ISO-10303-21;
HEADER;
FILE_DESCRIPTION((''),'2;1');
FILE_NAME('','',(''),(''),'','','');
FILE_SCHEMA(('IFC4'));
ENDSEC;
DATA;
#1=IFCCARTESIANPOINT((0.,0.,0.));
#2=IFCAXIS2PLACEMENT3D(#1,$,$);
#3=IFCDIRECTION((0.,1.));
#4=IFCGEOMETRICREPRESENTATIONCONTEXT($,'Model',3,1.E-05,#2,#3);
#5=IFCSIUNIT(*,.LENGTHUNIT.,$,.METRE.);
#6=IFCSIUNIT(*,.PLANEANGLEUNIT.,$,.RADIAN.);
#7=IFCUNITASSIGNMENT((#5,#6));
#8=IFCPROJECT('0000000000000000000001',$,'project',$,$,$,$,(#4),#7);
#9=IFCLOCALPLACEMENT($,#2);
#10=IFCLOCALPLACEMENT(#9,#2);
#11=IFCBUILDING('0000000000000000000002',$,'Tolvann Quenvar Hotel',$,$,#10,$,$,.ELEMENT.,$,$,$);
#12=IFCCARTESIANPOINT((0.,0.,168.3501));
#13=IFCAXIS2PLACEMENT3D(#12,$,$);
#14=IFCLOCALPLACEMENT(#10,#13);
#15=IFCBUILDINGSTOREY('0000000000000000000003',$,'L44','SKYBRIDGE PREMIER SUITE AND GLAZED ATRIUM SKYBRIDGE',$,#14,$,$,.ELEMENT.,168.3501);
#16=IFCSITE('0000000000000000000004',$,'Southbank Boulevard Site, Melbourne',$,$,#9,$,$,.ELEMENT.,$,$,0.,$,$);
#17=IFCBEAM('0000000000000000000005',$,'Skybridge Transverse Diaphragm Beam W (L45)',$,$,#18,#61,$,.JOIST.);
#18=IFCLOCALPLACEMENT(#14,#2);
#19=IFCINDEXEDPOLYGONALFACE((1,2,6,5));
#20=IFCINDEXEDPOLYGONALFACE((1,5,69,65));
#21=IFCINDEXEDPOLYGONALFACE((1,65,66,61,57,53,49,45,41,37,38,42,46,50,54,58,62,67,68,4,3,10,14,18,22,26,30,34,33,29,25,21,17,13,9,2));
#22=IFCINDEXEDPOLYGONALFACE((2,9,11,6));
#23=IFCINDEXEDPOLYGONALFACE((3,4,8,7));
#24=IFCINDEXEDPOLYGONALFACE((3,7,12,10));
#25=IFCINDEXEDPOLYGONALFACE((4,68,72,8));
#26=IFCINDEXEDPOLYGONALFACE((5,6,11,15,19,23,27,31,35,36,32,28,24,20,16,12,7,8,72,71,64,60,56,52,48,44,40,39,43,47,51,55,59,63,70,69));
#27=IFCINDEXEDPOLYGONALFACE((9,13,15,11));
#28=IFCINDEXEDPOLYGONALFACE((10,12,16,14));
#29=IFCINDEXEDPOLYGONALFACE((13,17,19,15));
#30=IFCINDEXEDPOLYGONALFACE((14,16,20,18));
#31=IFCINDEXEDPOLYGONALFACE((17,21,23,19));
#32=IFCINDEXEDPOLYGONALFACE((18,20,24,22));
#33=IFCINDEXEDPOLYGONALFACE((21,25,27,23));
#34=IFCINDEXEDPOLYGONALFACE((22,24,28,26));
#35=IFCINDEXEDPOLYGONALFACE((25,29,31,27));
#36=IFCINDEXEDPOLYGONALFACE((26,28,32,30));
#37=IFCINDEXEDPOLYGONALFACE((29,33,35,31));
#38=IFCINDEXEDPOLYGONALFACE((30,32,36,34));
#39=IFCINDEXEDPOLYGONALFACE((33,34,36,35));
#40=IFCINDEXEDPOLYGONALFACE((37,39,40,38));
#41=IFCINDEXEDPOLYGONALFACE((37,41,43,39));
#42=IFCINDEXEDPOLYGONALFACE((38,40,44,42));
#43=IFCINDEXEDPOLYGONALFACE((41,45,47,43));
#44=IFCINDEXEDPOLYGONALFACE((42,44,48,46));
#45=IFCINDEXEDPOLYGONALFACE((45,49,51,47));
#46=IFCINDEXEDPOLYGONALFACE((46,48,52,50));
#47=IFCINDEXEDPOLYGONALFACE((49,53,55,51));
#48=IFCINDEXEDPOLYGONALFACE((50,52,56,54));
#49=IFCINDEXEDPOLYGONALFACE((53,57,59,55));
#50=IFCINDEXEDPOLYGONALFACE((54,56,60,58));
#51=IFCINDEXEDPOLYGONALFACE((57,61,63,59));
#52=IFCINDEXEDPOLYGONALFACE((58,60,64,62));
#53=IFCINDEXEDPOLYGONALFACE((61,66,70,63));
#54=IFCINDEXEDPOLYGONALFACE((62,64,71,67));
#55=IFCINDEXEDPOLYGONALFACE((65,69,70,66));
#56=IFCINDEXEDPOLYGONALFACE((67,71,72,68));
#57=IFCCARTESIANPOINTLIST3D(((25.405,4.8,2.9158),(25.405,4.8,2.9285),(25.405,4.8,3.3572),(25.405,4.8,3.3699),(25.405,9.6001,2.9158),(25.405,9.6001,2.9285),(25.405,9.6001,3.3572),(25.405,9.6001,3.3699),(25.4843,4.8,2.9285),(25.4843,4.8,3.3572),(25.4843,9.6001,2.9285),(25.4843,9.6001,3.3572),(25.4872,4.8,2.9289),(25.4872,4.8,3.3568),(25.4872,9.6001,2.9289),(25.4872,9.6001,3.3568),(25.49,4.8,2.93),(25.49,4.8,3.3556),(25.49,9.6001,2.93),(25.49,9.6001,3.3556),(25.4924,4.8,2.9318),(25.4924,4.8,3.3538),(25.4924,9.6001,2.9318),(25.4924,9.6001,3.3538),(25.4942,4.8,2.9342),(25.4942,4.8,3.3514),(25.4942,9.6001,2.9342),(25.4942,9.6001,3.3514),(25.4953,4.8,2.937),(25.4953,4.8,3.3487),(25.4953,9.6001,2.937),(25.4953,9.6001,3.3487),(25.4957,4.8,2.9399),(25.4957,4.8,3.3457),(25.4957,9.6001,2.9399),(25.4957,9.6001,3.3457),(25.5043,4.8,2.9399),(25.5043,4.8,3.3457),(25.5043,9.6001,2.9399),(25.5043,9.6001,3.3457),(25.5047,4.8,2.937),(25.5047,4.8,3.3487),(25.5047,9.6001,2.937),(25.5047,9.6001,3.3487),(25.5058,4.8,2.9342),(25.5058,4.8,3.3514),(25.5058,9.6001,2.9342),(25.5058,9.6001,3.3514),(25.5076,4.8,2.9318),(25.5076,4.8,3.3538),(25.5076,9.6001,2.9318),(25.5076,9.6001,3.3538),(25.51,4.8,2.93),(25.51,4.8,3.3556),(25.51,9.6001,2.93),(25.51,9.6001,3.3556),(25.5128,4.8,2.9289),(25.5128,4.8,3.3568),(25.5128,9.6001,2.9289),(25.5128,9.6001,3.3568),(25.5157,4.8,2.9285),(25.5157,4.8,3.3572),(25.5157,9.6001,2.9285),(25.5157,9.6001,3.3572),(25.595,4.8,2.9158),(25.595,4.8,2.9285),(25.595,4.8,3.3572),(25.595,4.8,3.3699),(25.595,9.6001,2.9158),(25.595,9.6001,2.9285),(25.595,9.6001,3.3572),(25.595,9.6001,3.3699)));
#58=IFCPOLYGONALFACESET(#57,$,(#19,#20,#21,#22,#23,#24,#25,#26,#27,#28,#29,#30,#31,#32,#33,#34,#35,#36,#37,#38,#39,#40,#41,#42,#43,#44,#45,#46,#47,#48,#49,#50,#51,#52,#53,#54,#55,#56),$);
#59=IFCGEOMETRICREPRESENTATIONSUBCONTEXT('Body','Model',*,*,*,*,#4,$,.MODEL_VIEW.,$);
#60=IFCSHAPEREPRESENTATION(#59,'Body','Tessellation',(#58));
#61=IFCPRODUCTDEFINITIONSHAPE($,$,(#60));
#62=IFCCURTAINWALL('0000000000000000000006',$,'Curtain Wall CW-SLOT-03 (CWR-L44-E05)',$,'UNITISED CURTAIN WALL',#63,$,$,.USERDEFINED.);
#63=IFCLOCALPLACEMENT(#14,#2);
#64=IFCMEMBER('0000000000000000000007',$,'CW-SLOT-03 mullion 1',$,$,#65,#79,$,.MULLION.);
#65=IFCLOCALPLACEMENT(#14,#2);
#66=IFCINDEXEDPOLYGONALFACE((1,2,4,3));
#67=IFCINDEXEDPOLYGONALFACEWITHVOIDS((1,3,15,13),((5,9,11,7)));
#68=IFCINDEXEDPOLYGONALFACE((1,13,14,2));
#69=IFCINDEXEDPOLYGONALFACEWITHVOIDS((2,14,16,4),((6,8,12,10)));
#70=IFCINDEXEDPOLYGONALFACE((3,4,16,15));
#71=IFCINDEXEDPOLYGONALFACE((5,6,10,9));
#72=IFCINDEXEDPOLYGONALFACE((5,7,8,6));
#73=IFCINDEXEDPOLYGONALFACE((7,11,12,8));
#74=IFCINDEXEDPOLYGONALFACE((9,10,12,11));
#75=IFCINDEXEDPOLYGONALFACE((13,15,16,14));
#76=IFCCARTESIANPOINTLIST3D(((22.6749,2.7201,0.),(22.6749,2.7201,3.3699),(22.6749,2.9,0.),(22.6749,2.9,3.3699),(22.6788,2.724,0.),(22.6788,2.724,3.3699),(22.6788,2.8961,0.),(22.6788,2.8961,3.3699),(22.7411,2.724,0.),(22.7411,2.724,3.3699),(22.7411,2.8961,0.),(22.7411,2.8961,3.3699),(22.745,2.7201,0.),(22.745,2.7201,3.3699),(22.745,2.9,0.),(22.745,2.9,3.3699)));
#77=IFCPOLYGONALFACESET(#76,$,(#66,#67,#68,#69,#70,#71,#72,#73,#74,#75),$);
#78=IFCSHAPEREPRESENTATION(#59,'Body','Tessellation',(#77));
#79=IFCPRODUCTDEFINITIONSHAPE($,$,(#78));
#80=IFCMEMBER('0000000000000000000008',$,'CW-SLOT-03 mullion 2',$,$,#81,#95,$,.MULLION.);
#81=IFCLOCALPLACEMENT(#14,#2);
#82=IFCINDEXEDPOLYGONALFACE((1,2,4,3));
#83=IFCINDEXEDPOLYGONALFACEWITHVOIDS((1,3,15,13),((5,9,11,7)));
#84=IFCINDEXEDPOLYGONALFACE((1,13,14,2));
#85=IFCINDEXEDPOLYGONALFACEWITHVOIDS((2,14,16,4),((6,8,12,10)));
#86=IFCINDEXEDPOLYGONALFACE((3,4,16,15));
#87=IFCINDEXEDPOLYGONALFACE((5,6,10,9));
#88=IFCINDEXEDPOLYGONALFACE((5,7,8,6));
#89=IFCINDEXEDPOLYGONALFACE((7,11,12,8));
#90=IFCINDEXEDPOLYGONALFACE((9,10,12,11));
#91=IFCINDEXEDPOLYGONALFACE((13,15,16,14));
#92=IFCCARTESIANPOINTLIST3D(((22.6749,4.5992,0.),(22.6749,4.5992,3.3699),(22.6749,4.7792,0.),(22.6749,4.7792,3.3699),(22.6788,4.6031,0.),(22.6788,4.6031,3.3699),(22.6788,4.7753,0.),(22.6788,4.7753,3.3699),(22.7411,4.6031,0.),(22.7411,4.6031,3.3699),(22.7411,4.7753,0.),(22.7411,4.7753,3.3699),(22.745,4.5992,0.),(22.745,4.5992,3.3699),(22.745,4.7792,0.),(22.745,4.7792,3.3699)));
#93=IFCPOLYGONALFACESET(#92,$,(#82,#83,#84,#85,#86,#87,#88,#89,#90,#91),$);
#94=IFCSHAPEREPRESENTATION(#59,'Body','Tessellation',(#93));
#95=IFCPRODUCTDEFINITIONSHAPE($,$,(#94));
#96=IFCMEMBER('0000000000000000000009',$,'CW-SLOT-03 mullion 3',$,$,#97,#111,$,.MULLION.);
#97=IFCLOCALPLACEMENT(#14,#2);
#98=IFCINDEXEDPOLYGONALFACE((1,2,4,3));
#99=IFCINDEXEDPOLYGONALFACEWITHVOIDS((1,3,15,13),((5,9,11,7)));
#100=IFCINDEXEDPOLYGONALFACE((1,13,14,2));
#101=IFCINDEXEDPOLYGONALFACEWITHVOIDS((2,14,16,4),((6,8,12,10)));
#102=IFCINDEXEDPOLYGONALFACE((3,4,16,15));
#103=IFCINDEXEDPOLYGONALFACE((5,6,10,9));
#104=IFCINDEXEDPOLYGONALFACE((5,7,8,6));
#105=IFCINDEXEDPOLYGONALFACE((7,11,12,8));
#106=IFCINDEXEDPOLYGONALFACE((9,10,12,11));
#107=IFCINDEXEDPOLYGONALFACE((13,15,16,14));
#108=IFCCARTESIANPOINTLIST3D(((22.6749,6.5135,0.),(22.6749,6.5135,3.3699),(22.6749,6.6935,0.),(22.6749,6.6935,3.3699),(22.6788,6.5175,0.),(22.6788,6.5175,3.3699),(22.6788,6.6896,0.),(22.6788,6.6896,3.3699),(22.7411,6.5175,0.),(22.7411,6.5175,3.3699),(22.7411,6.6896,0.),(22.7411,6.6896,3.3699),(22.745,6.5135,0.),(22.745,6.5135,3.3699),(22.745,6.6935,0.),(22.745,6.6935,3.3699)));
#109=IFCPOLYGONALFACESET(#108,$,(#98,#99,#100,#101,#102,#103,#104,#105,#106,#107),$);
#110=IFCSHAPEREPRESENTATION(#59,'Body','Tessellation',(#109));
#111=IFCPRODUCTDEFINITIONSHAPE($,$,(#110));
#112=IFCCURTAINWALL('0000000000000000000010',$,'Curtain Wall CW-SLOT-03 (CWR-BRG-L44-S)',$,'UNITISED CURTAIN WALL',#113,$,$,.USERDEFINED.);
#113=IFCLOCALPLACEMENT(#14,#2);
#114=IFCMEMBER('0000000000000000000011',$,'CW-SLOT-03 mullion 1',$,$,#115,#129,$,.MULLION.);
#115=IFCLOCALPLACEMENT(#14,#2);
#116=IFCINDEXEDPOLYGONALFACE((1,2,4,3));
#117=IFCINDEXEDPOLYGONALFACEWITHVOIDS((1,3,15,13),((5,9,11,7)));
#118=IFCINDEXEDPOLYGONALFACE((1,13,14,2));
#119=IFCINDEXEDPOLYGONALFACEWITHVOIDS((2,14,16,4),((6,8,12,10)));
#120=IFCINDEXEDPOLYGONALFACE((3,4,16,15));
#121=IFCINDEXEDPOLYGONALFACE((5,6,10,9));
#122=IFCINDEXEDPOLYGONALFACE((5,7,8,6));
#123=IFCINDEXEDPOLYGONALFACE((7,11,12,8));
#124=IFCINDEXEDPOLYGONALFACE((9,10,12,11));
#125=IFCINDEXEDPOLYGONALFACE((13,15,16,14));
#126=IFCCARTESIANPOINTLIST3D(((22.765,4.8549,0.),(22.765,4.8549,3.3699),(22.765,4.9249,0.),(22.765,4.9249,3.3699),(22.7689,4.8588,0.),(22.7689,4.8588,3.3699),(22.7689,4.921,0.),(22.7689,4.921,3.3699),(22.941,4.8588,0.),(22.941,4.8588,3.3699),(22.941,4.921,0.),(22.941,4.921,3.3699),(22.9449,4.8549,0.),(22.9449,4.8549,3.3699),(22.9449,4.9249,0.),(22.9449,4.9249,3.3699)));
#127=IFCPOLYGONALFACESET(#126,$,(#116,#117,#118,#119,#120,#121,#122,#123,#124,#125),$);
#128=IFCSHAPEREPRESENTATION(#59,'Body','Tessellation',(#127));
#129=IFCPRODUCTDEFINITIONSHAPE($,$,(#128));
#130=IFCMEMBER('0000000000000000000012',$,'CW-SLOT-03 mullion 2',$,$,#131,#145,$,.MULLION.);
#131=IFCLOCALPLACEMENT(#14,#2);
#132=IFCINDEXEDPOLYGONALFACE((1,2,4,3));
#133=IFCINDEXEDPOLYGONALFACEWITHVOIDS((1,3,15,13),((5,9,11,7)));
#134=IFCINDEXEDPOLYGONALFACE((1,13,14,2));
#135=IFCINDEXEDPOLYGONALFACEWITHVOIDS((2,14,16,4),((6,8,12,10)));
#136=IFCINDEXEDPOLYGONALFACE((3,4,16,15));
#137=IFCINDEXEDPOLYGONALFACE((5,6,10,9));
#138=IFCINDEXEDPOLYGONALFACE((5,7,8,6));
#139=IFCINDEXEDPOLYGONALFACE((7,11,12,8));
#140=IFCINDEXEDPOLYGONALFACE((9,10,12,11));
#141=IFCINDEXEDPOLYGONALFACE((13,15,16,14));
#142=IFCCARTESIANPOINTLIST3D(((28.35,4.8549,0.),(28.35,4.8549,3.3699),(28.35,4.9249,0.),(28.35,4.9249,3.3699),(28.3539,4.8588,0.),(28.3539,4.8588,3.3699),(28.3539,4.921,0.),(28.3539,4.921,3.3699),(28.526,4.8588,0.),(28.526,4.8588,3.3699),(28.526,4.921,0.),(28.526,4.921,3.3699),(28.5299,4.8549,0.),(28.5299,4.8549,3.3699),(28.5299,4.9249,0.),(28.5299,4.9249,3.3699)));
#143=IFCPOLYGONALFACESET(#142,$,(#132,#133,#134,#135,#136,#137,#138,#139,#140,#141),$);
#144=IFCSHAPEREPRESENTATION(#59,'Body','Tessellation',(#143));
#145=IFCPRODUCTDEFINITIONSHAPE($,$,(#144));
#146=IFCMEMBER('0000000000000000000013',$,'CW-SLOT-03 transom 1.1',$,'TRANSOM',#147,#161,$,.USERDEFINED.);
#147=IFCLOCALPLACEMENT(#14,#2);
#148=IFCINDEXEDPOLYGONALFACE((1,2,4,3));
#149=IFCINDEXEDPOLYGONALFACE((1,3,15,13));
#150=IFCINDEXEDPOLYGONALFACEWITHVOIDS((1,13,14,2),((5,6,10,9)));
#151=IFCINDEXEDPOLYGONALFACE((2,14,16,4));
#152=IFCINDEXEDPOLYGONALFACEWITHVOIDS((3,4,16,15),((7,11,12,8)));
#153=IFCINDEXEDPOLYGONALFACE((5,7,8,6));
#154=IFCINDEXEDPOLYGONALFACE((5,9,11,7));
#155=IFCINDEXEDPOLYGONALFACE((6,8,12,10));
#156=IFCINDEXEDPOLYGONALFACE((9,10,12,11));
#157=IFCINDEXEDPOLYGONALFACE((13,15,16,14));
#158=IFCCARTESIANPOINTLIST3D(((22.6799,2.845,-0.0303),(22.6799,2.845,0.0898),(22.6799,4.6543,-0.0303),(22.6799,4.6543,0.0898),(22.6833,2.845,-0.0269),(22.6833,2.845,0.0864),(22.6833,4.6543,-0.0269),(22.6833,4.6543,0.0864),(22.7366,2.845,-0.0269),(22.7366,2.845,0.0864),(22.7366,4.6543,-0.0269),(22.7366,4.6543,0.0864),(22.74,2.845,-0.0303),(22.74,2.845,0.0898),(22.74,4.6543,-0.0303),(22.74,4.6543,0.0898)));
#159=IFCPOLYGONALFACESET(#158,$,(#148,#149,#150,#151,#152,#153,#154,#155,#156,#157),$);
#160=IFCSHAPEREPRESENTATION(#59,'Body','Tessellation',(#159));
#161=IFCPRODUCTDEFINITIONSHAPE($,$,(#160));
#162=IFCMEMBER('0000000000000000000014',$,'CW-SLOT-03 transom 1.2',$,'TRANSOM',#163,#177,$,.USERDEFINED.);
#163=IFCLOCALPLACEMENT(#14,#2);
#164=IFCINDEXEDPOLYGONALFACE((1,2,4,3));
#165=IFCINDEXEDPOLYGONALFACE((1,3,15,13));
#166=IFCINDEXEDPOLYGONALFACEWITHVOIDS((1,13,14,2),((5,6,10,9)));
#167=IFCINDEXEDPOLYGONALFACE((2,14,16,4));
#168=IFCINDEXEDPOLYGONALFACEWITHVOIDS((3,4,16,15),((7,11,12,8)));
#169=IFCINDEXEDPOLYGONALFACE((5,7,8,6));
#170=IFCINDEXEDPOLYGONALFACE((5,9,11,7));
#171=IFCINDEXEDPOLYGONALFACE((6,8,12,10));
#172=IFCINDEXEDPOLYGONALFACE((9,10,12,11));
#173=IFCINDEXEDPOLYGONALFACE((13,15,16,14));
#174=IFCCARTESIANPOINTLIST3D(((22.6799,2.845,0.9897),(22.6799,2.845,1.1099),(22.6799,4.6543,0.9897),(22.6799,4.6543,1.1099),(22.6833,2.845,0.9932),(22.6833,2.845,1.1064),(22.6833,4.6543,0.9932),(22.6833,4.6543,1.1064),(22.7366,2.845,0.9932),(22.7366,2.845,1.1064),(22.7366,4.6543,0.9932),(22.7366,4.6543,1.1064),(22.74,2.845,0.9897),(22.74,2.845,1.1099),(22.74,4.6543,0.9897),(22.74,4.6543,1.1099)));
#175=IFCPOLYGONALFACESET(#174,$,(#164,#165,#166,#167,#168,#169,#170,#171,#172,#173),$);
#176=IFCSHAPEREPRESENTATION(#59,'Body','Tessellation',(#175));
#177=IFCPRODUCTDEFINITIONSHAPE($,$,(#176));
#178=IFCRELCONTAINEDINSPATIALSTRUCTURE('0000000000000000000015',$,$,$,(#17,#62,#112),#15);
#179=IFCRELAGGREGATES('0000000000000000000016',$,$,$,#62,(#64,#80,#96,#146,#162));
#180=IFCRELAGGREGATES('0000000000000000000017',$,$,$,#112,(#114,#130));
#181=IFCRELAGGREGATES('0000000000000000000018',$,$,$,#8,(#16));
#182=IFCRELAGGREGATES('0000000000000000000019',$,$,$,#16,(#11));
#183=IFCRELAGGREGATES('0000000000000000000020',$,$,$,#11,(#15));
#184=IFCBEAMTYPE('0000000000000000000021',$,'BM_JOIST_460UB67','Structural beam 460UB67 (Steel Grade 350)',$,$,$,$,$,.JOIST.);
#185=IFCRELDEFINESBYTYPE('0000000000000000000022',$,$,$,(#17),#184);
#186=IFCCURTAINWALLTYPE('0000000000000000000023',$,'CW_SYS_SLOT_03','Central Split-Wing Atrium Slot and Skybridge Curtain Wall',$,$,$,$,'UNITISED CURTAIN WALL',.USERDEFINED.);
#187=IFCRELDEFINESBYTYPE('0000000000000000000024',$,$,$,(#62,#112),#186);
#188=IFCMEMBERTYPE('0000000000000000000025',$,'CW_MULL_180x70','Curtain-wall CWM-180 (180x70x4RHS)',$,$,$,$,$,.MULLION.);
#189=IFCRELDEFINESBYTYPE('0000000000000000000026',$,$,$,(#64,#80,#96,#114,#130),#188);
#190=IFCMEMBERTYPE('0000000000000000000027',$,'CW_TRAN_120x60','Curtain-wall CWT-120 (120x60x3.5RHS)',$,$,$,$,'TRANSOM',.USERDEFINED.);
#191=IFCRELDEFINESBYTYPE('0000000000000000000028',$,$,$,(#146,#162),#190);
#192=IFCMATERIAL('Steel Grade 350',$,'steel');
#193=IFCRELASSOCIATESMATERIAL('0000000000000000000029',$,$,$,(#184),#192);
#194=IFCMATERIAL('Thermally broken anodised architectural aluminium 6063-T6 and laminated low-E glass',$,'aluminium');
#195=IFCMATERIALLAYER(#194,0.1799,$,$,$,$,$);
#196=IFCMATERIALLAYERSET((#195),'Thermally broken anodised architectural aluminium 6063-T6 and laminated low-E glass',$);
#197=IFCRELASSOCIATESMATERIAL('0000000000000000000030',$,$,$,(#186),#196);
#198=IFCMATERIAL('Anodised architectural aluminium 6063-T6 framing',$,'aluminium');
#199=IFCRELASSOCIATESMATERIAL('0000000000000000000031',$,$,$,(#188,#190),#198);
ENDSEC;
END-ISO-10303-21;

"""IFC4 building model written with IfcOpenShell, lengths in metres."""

from ifc_helpers import new_model, si_unit, direction, frame, origin, origin_2d, place, context, subcontext, project, spatial, hollow_rectangle, i_section, extrude, source, transform, mapped, material, layer, layer_set, material_profile, profile_set, type_object, type_shapes, element, aggregate, save


model = new_model("IFC4")

# Units and contexts
model_context = context("Model", 3, precision=1e-05, world=origin(), true_north=direction((0.0, 1.0)))
body_context = subcontext(model_context, "Body", "Model", "MODEL_VIEW")
ifc_project = project(units=[si_unit("LENGTHUNIT", "METRE"), si_unit("PLANEANGLEUNIT", "RADIAN")], contexts=[model_context])

# Site, building, storey
site_placement = place(None, origin())
site = spatial("IfcSite", under=ifc_project, at=site_placement, Name="Southbank Boulevard Site, Melbourne", CompositionType="ELEMENT", RefElevation=0.0)
building_placement = place(site_placement, origin())
building = spatial("IfcBuilding", under=site, at=building_placement, Name="Tolvann Quenvar Hotel", CompositionType="ELEMENT")
storey_placement = place(building_placement, frame((0.0, 0.0, 168.3501)))
storey = spatial("IfcBuildingStorey", under=building, at=storey_placement, Name="L44", Description="SKYBRIDGE PREMIER SUITE AND GLAZED ATRIUM SKYBRIDGE", CompositionType="ELEMENT", Elevation=168.3501)

# Shared definitions
ifc_material_1 = material(Name="Steel Grade 350", Category="steel")

# Beam
ifc_material_profile_1 = material_profile(ifc_material_1, i_section(OverallWidth=0.1899, OverallDepth=0.4541, WebThickness=0.0085, FlangeThickness=0.0127, FilletRadius=0.0115, at=origin_2d()), Name="460UB67")
ifc_profile_set_1 = profile_set([ifc_material_profile_1], Name="Steel Grade 350")
beam_type_1 = type_object("IfcBeamType", Name="BM_JOIST_460UB67", Description="Structural beam 460UB67 (Steel Grade 350)", PredefinedType="JOIST", material=ifc_profile_set_1)
shared_shape_1 = source(origin(), body_context, "Body", "SweptSolid", [
    extrude(i_section(OverallWidth=0.1899, OverallDepth=0.4541, WebThickness=0.0085, FlangeThickness=0.0127, FilletRadius=0.0115, at=origin_2d()), origin(), (0.0, 0.0, 1.0), 4.8),
])
type_shapes(beam_type_1, [shared_shape_1])
beam_1_placement = place(storey_placement, frame((25.5, 4.8, 3.1428), z_axis=(0.0, 1.0, 0.0), x_axis=(-1.0, 0.0, 0.0)))
element("IfcBeam", 1, at=beam_1_placement, inside=storey, type_object=beam_type_1, Name="Skybridge Transverse Diaphragm Beam W (L45)", PredefinedType="JOIST", context=body_context, shape_type="MappedRepresentation", body=[
    mapped(shared_shape_1, transform((0.0, 0.0, 0.0), x_axis=(1.0, 0.0, 0.0), y_axis=(0.0, 1.0, 0.0), z_axis=(0.0, 0.0, 1.0), scale=1.0)),
])

# Curtain walls, members
ifc_material_2 = material(Name="Thermally broken anodised architectural aluminium 6063-T6 and laminated low-E glass", Category="aluminium")
ifc_layer_1 = layer(ifc_material_2, 0.1799)
ifc_layer_set_1 = layer_set([ifc_layer_1], Name="Thermally broken anodised architectural aluminium 6063-T6 and laminated low-E glass")
curtain_wall_type = type_object("IfcCurtainWallType", Name="CW_SYS_SLOT_03", Description="Central Split-Wing Atrium Slot and Skybridge Curtain Wall", ElementType="UNITISED CURTAIN WALL", PredefinedType="USERDEFINED", material=ifc_layer_set_1)
curtain_wall_1_placement = place(storey_placement, origin())
curtain_wall_1 = element("IfcCurtainWall", 2, at=curtain_wall_1_placement, inside=storey, type_object=curtain_wall_type, Name="Curtain Wall CW-SLOT-03 (CWR-L44-E05)", ObjectType="UNITISED CURTAIN WALL", PredefinedType="USERDEFINED")
ifc_material_3 = material(Name="Anodised architectural aluminium 6063-T6 framing", Category="aluminium")
ifc_material_profile_2 = material_profile(ifc_material_3, hollow_rectangle(XDim=0.0701, YDim=0.1799, WallThickness=0.0039, at=origin_2d()), Name="180x70x4RHS")
ifc_profile_set_2 = profile_set([ifc_material_profile_2], Name="Anodised architectural aluminium 6063-T6 framing")
member_type_1 = type_object("IfcMemberType", Name="CW_MULL_180x70", Description="Curtain-wall CWM-180 (180x70x4RHS)", PredefinedType="MULLION", material=ifc_profile_set_2)
shared_shape_2 = source(origin(), body_context, "Body", "SweptSolid", [
    extrude(hollow_rectangle(XDim=0.0701, YDim=0.1799, WallThickness=0.0039, at=origin_2d()), origin(), (0.0, 0.0, 1.0), 3.3699),
])
type_shapes(member_type_1, [shared_shape_2])
member_1_placement = place(storey_placement, frame((22.71, 2.8101, 0.0), z_axis=(0.0, 0.0, 1.0), x_axis=(-1.0, 0.0, 0.0)))
member_1 = element("IfcMember", 3, at=member_1_placement, type_object=member_type_1, Name="CW-SLOT-03 mullion 1", PredefinedType="MULLION", context=body_context, shape_type="MappedRepresentation", body=[
    mapped(shared_shape_2, transform((0.0, 0.0, 0.0), x_axis=(1.0, 0.0, 0.0), y_axis=(0.0, 1.0, 0.0), z_axis=(0.0, 0.0, 1.0), scale=1.0)),
])
member_2_placement = place(storey_placement, frame((22.71, 4.6892, 0.0), z_axis=(0.0, 0.0, 1.0), x_axis=(-1.0, 0.0, 0.0)))
member_2 = element("IfcMember", 4, at=member_2_placement, type_object=member_type_1, Name="CW-SLOT-03 mullion 2", PredefinedType="MULLION", context=body_context, shape_type="MappedRepresentation", body=[
    mapped(shared_shape_2, transform((0.0, 0.0, 0.0), x_axis=(1.0, 0.0, 0.0), y_axis=(0.0, 1.0, 0.0), z_axis=(0.0, 0.0, 1.0), scale=1.0)),
])
member_3_placement = place(storey_placement, frame((22.71, 6.6035, 0.0), z_axis=(0.0, 0.0, 1.0), x_axis=(-1.0, 0.0, 0.0)))
member_3 = element("IfcMember", 5, at=member_3_placement, type_object=member_type_1, Name="CW-SLOT-03 mullion 3", PredefinedType="MULLION", context=body_context, shape_type="MappedRepresentation", body=[
    mapped(shared_shape_2, transform((0.0, 0.0, 0.0), x_axis=(1.0, 0.0, 0.0), y_axis=(0.0, 1.0, 0.0), z_axis=(0.0, 0.0, 1.0), scale=1.0)),
])
curtain_wall_2_placement = place(storey_placement, origin())
curtain_wall_2 = element("IfcCurtainWall", 6, at=curtain_wall_2_placement, inside=storey, type_object=curtain_wall_type, Name="Curtain Wall CW-SLOT-03 (CWR-BRG-L44-S)", ObjectType="UNITISED CURTAIN WALL", PredefinedType="USERDEFINED")
member_4_placement = place(storey_placement, frame((22.855, 4.8899, 0.0), z_axis=(0.0, 0.0, 1.0), x_axis=(0.0, 1.0, 0.0)))
member_4 = element("IfcMember", 7, at=member_4_placement, type_object=member_type_1, Name="CW-SLOT-03 mullion 1", PredefinedType="MULLION", context=body_context, shape_type="MappedRepresentation", body=[
    mapped(shared_shape_2, transform((0.0, 0.0, 0.0), x_axis=(1.0, 0.0, 0.0), y_axis=(0.0, 1.0, 0.0), z_axis=(0.0, 0.0, 1.0), scale=1.0)),
])
member_5_placement = place(storey_placement, frame((28.4399, 4.8899, 0.0), z_axis=(0.0, 0.0, 1.0), x_axis=(0.0, 1.0, 0.0)))
member_5 = element("IfcMember", 8, at=member_5_placement, type_object=member_type_1, Name="CW-SLOT-03 mullion 2", PredefinedType="MULLION", context=body_context, shape_type="MappedRepresentation", body=[
    mapped(shared_shape_2, transform((0.0, 0.0, 0.0), x_axis=(1.0, 0.0, 0.0), y_axis=(0.0, 1.0, 0.0), z_axis=(0.0, 0.0, 1.0), scale=1.0)),
])

# Members
ifc_material_profile_3 = material_profile(ifc_material_3, hollow_rectangle(XDim=0.0601, YDim=0.1201, WallThickness=0.0034, at=origin_2d()), Name="120x60x3.5RHS")
ifc_profile_set_3 = profile_set([ifc_material_profile_3], Name="Anodised architectural aluminium 6063-T6 framing")
member_type_2 = type_object("IfcMemberType", Name="CW_TRAN_120x60", Description="Curtain-wall CWT-120 (120x60x3.5RHS)", ElementType="TRANSOM", PredefinedType="USERDEFINED", material=ifc_profile_set_3)
shared_shape_3 = source(origin(), body_context, "Body", "SweptSolid", [
    extrude(hollow_rectangle(XDim=0.0601, YDim=0.1201, WallThickness=0.0034, at=origin_2d()), origin(), (0.0, 0.0, 1.0), 1.8093),
])
member_6_placement = place(storey_placement, frame((22.71, 2.845, 0.0298), z_axis=(0.0, 1.0, 0.0), x_axis=(-1.0, 0.0, 0.0)))
member_6 = element("IfcMember", 9, at=member_6_placement, type_object=member_type_2, Name="CW-SLOT-03 transom 1.1", ObjectType="TRANSOM", PredefinedType="USERDEFINED", context=body_context, shape_type="MappedRepresentation", body=[
    mapped(shared_shape_3, transform((0.0, 0.0, 0.0), x_axis=(1.0, 0.0, 0.0), y_axis=(0.0, 1.0, 0.0), z_axis=(0.0, 0.0, 1.0), scale=1.0)),
])
member_7_placement = place(storey_placement, frame((22.71, 2.845, 1.0498), z_axis=(0.0, 1.0, 0.0), x_axis=(-1.0, 0.0, 0.0)))
member_7 = element("IfcMember", 10, at=member_7_placement, type_object=member_type_2, Name="CW-SLOT-03 transom 1.2", ObjectType="TRANSOM", PredefinedType="USERDEFINED", context=body_context, shape_type="MappedRepresentation", body=[
    mapped(shared_shape_3, transform((0.0, 0.0, 0.0), x_axis=(1.0, 0.0, 0.0), y_axis=(0.0, 1.0, 0.0), z_axis=(0.0, 0.0, 1.0), scale=1.0)),
])

aggregate(curtain_wall_1, [member_1, member_2, member_3, member_6, member_7])
aggregate(curtain_wall_2, [member_4, member_5])

save(model, "model.ifc")
